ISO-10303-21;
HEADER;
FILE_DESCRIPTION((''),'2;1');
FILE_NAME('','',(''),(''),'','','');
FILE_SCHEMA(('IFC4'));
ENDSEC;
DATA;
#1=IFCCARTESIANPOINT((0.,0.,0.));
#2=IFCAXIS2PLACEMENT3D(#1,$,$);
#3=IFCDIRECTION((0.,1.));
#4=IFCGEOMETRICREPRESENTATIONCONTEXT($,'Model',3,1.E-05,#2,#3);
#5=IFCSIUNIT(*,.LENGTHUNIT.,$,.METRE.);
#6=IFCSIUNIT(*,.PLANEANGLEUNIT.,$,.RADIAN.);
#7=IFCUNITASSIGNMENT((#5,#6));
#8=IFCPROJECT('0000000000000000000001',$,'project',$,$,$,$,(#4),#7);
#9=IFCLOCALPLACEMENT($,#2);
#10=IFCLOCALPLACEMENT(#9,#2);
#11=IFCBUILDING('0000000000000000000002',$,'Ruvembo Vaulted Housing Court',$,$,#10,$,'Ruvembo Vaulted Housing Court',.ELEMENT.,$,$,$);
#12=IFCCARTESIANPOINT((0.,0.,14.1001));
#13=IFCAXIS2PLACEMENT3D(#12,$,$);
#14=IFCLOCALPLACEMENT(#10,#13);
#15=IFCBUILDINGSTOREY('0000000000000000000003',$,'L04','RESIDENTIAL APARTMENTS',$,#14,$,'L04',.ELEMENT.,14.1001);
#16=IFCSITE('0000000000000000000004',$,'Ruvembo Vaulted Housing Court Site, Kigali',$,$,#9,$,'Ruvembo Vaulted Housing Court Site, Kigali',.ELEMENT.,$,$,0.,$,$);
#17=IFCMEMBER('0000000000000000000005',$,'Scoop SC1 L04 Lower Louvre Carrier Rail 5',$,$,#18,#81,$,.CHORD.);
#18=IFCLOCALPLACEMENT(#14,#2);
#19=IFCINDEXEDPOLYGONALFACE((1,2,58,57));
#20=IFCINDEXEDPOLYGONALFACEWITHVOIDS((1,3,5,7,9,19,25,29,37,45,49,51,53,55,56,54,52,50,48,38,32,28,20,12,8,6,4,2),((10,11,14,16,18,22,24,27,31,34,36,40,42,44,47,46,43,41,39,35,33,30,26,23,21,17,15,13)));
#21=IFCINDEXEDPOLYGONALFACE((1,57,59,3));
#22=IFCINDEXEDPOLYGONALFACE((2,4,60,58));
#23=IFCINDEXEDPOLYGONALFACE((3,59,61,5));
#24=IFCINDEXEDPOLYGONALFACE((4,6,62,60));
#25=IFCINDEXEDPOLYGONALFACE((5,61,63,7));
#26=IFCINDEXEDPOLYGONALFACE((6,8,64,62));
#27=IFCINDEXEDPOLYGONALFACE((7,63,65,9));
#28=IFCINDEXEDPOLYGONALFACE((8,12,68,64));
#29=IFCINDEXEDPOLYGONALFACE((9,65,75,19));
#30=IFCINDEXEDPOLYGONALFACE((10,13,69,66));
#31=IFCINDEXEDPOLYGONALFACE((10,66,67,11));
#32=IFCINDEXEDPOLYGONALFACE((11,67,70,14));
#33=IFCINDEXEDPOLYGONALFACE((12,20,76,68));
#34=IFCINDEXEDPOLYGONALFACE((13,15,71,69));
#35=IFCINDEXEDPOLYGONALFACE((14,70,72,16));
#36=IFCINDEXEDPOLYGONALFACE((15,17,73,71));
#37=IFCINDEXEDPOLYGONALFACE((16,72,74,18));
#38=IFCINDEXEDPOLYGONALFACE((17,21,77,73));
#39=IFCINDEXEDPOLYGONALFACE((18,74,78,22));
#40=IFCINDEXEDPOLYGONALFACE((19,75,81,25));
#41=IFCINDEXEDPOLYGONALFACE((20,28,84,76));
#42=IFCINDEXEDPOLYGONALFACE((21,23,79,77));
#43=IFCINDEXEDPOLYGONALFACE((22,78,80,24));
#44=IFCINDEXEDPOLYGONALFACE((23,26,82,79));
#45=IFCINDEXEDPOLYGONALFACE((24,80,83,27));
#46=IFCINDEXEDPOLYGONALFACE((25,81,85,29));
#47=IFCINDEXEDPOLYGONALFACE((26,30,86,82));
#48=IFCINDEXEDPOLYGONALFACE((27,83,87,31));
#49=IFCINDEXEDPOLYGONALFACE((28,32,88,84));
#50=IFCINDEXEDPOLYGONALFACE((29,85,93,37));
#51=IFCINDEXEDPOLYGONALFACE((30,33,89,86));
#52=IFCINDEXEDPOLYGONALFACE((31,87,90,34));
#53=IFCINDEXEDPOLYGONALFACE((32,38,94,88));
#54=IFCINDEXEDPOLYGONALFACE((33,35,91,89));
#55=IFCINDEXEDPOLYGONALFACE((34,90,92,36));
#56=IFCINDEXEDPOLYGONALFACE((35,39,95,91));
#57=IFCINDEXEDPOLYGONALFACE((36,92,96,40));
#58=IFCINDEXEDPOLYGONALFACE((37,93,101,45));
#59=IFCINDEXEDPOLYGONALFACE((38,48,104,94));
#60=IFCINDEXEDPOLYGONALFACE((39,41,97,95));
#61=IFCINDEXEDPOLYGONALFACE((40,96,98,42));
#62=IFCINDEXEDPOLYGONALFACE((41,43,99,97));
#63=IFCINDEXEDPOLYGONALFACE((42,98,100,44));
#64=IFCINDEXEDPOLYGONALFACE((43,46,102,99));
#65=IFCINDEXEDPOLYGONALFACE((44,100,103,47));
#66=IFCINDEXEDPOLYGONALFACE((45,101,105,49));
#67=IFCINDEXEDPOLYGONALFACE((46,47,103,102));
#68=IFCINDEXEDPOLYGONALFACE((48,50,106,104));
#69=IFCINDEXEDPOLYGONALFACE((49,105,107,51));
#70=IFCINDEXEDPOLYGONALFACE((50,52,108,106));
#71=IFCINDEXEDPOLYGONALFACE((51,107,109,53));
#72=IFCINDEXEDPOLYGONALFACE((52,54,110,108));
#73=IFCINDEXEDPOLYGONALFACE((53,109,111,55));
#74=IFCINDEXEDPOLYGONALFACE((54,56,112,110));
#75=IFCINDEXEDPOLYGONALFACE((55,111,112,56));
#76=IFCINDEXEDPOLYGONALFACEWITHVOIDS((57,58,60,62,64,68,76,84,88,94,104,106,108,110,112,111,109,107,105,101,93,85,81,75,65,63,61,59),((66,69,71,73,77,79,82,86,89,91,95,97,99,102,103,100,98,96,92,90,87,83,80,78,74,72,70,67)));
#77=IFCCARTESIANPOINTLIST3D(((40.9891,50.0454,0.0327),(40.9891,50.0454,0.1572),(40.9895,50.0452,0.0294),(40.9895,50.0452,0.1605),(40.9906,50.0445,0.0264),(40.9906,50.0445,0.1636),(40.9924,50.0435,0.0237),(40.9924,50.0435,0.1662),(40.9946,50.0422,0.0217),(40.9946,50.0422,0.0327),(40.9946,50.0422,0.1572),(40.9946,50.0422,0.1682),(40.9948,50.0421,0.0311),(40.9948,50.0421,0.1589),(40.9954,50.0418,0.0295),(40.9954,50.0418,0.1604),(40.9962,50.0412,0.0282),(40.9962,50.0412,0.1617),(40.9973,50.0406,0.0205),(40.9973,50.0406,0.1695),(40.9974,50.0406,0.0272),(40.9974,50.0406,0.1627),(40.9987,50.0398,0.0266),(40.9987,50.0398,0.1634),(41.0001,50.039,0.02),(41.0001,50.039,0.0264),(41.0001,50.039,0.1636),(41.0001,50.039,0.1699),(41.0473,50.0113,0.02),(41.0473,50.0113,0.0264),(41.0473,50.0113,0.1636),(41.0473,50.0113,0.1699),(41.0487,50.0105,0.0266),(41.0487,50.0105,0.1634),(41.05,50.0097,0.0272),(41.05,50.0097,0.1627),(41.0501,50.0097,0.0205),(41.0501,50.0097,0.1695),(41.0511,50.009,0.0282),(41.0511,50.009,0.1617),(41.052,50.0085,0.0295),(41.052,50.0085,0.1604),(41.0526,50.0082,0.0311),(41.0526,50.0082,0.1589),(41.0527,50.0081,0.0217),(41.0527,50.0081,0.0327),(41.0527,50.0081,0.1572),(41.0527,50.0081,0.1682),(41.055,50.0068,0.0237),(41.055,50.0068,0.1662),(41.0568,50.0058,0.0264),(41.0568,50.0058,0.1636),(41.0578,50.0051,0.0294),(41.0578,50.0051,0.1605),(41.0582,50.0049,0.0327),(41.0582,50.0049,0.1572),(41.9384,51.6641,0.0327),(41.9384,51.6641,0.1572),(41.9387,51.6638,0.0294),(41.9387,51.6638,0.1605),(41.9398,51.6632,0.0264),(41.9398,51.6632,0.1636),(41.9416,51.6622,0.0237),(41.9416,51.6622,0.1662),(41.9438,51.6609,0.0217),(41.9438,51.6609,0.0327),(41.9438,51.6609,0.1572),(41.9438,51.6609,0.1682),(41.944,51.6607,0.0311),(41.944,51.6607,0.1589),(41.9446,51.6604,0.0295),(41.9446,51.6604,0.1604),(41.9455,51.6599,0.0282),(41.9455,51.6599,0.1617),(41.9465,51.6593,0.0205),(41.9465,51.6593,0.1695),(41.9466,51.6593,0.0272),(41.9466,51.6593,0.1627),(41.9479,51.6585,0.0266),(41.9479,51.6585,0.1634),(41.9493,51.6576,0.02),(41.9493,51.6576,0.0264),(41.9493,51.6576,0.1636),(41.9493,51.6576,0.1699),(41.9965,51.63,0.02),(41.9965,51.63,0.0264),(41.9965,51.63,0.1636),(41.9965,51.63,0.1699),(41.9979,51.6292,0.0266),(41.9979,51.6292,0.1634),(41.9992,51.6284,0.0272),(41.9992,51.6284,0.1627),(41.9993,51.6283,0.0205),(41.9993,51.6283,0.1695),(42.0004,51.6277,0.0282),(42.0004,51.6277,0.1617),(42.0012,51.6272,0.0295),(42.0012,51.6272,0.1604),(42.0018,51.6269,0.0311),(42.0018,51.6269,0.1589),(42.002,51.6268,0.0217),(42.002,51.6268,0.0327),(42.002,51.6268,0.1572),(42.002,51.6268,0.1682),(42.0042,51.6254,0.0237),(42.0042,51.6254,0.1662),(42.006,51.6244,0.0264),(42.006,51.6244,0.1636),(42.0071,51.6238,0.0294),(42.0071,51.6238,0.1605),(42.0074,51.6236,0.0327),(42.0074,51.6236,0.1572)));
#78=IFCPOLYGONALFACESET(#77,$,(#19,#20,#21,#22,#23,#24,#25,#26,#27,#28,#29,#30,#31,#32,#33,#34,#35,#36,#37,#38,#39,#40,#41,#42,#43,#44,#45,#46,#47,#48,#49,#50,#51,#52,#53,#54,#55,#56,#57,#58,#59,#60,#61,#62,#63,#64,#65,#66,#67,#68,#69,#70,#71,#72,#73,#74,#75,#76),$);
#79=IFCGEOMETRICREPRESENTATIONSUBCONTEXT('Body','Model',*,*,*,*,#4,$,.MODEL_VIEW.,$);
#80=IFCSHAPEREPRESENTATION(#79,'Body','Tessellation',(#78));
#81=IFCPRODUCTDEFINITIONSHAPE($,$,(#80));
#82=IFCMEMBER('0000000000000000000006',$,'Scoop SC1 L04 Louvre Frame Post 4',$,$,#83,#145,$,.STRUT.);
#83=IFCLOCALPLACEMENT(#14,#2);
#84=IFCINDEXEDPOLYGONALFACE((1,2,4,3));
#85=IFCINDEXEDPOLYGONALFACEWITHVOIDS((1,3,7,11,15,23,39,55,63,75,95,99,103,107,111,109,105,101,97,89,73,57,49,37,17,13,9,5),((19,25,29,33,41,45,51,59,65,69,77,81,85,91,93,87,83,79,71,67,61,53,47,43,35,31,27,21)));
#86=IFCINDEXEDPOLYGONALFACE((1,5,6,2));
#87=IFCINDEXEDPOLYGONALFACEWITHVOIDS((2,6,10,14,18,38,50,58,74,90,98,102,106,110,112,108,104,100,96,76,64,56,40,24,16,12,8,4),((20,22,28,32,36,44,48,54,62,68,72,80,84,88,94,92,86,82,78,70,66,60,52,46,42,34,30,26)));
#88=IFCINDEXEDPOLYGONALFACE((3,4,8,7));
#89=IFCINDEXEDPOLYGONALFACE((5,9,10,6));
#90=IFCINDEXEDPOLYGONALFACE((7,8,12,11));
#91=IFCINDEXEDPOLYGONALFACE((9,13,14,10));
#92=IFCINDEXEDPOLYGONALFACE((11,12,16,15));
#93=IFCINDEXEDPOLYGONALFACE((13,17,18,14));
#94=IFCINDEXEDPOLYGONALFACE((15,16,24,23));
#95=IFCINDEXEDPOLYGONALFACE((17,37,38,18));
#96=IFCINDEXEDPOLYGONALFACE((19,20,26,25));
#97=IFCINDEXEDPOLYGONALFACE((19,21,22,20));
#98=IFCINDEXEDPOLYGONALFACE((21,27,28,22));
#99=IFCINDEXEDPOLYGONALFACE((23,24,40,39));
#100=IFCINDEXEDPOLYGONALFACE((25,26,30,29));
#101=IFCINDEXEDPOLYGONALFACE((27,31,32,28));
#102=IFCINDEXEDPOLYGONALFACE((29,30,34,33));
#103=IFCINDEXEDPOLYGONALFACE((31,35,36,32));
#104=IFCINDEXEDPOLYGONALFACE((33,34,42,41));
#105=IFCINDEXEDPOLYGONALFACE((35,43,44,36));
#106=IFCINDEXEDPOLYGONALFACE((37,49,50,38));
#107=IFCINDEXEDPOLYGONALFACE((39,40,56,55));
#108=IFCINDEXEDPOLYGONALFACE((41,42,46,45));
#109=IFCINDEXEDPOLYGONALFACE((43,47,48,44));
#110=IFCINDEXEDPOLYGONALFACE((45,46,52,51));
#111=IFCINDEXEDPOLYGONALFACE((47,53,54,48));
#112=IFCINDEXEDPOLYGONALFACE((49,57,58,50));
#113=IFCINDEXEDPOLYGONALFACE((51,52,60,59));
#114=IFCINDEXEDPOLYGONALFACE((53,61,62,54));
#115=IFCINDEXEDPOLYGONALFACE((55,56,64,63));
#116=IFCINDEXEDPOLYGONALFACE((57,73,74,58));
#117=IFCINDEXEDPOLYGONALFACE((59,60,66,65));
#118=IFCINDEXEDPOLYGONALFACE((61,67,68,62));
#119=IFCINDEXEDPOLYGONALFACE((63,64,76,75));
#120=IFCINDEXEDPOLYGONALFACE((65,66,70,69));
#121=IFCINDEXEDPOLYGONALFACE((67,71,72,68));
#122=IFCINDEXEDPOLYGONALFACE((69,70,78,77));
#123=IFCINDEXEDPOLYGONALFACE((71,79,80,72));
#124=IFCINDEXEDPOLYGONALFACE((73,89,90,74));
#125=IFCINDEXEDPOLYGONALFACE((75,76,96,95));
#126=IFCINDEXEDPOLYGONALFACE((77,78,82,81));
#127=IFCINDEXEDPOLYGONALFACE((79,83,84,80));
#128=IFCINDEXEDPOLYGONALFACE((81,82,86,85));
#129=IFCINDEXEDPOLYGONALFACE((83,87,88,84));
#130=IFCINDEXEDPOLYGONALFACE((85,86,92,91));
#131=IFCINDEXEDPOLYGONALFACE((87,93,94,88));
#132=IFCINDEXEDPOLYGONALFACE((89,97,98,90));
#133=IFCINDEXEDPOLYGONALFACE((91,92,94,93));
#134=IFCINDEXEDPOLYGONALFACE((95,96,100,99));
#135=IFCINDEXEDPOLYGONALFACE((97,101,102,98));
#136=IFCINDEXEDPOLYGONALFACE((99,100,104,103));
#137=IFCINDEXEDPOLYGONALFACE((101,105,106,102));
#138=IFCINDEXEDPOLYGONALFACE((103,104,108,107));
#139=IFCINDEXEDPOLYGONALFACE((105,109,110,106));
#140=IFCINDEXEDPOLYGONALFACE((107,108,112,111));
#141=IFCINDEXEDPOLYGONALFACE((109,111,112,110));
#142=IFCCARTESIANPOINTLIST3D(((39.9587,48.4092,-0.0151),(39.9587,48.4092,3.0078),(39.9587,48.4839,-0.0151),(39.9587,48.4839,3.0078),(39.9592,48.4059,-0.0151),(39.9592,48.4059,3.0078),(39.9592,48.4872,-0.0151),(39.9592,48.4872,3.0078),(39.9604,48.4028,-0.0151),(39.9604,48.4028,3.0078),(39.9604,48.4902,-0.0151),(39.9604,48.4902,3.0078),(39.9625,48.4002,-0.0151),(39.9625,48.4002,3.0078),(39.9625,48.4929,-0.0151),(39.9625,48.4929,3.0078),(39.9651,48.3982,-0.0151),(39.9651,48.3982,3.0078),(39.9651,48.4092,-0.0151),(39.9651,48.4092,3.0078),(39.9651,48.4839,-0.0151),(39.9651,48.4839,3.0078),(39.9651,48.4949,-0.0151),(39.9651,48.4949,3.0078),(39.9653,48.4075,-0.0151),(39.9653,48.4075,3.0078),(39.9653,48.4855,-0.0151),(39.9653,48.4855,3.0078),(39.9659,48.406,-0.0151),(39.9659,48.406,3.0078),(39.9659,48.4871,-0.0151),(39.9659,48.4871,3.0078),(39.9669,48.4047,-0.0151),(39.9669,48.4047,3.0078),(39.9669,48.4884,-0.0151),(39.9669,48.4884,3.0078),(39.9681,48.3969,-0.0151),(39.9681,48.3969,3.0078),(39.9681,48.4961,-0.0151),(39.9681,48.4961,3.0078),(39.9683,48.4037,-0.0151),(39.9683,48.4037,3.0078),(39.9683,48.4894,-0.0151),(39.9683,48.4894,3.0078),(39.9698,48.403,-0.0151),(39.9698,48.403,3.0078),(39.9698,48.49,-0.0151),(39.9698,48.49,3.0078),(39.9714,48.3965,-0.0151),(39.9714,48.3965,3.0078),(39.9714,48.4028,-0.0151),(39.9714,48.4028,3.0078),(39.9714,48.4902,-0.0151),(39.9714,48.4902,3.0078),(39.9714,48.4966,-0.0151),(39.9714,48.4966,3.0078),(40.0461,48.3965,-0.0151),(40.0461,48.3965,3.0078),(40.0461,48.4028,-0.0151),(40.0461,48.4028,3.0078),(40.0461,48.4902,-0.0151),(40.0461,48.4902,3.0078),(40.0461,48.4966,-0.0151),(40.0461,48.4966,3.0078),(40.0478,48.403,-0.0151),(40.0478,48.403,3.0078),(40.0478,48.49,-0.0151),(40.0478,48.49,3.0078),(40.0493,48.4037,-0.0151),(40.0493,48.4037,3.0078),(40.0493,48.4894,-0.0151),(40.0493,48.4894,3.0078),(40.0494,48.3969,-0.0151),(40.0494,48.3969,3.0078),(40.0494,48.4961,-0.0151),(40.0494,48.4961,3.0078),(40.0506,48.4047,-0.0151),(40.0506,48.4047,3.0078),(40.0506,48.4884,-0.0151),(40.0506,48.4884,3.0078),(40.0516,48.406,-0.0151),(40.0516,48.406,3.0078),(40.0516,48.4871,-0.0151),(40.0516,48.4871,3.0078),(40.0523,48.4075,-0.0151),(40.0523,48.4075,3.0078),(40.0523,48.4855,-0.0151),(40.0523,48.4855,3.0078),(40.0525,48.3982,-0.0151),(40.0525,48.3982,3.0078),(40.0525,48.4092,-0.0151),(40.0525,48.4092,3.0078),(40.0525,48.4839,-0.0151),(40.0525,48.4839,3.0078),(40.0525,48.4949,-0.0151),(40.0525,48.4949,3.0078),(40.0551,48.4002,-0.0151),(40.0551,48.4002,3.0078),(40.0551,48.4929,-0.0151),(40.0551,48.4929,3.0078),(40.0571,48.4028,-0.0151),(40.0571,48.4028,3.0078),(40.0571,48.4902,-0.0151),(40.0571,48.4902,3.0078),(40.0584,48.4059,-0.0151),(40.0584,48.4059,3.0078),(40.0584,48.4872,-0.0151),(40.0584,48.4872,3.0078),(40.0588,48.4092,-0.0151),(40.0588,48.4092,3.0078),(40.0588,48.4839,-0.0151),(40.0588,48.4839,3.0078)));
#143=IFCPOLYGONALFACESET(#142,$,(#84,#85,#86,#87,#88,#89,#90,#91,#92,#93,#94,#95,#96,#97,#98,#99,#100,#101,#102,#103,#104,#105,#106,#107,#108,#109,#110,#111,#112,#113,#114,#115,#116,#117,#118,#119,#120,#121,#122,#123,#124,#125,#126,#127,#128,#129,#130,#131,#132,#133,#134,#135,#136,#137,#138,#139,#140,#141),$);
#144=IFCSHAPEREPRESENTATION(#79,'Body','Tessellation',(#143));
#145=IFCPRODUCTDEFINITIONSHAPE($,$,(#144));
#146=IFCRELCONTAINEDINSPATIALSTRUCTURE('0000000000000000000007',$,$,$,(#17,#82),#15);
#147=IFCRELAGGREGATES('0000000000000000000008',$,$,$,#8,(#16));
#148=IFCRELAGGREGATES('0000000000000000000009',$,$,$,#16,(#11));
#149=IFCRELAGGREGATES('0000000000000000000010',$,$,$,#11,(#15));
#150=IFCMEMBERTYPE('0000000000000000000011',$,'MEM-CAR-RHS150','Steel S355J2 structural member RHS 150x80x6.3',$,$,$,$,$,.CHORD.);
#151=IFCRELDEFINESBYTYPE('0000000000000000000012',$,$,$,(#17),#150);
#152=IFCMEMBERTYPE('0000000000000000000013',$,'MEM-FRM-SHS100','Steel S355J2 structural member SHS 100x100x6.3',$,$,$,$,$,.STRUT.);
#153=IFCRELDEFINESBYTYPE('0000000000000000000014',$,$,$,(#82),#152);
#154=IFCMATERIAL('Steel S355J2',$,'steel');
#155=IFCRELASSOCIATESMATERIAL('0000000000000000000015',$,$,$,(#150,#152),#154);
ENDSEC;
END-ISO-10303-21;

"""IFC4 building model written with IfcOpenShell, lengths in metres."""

from ifc_helpers import new_model, si_unit, direction, frame, origin, origin_2d, place, context, subcontext, project, spatial, hollow_rectangle, extrude, material, material_profile, profile_set, type_object, element, save


model = new_model("IFC4")

# Units and contexts
model_context = context("Model", 3, precision=1e-05, world=origin(), true_north=direction((0.0, 1.0)))
body_context = subcontext(model_context, "Body", "Model", "MODEL_VIEW")
ifc_project = project(units=[si_unit("LENGTHUNIT", "METRE"), si_unit("PLANEANGLEUNIT", "RADIAN")], contexts=[model_context])

# Site, building, storey
site_placement = place(None, origin())
site = spatial("IfcSite", under=ifc_project, at=site_placement, Name="Ruvembo Vaulted Housing Court Site, Kigali", LongName="Ruvembo Vaulted Housing Court Site, Kigali", CompositionType="ELEMENT", RefElevation=0.0)
building_placement = place(site_placement, origin())
building = spatial("IfcBuilding", under=site, at=building_placement, Name="Ruvembo Vaulted Housing Court", LongName="Ruvembo Vaulted Housing Court", CompositionType="ELEMENT")
storey_placement = place(building_placement, frame((0.0, 0.0, 14.1001)))
storey = spatial("IfcBuildingStorey", under=building, at=storey_placement, Name="L04", Description="RESIDENTIAL APARTMENTS", LongName="L04", CompositionType="ELEMENT", Elevation=14.1001)

# Shared definitions
ifc_material_1 = material(Name="Steel S355J2", Category="steel")

# Members
ifc_material_profile_1 = material_profile(ifc_material_1, hollow_rectangle(XDim=0.0801, YDim=0.1499, WallThickness=0.0063, InnerFilletRadius=0.0063, OuterFilletRadius=0.0127, at=origin_2d()), Name="RHS 150x80x6.3")
ifc_profile_set_1 = profile_set([ifc_material_profile_1], Name="Steel S355J2")
member_type_1 = type_object("IfcMemberType", Name="MEM-CAR-RHS150", Description="Steel S355J2 structural member RHS 150x80x6.3", PredefinedType="CHORD", material=ifc_profile_set_1)
member_1_placement = place(storey_placement, frame((41.0237, 50.0251, 0.095), z_axis=(0.50586, 0.862616, 0.0), x_axis=(-0.862616, 0.50586, 0.0)))
element("IfcMember", 1, at=member_1_placement, inside=storey, type_object=member_type_1, Name="Scoop SC1 L04 Lower Louvre Carrier Rail 5", PredefinedType="CHORD", context=body_context, shape_type="SweptSolid", body=[
    extrude(hollow_rectangle(XDim=0.0801, YDim=0.1499, WallThickness=0.0063, InnerFilletRadius=0.0063, OuterFilletRadius=0.0127, at=origin_2d()), origin(), (0.0, 0.0, 1.0), 1.8765),
])
ifc_material_profile_2 = material_profile(ifc_material_1, hollow_rectangle(XDim=0.1001, YDim=0.1001, WallThickness=0.0063, InnerFilletRadius=0.0063, OuterFilletRadius=0.0127, at=origin_2d()), Name="SHS 100x100x6.3")
ifc_profile_set_2 = profile_set([ifc_material_profile_2], Name="Steel S355J2")
member_type_2 = type_object("IfcMemberType", Name="MEM-FRM-SHS100", Description="Steel S355J2 structural member SHS 100x100x6.3", PredefinedType="STRUT", material=ifc_profile_set_2)
for number, where, z_axis, x_axis, name in (
    (2, (40.0088, 48.4465, -0.0151), (0.0, 0.0, 1.0), (1.0, 0.0, 0.0), "Scoop SC1 L04 Louvre Frame Post 4"),
):
    element("IfcMember", number, at=place(storey_placement, frame(where, z_axis=z_axis, x_axis=x_axis)), inside=storey, type_object=member_type_2, Name=name, PredefinedType="STRUT", context=body_context, shape_type="SweptSolid", body=[
        extrude(hollow_rectangle(XDim=0.1001, YDim=0.1001, WallThickness=0.0063, InnerFilletRadius=0.0063, OuterFilletRadius=0.0127, at=origin_2d()), origin(), (0.0, 0.0, 1.0), 3.0229),
    ])

save(model, "model.ifc")
